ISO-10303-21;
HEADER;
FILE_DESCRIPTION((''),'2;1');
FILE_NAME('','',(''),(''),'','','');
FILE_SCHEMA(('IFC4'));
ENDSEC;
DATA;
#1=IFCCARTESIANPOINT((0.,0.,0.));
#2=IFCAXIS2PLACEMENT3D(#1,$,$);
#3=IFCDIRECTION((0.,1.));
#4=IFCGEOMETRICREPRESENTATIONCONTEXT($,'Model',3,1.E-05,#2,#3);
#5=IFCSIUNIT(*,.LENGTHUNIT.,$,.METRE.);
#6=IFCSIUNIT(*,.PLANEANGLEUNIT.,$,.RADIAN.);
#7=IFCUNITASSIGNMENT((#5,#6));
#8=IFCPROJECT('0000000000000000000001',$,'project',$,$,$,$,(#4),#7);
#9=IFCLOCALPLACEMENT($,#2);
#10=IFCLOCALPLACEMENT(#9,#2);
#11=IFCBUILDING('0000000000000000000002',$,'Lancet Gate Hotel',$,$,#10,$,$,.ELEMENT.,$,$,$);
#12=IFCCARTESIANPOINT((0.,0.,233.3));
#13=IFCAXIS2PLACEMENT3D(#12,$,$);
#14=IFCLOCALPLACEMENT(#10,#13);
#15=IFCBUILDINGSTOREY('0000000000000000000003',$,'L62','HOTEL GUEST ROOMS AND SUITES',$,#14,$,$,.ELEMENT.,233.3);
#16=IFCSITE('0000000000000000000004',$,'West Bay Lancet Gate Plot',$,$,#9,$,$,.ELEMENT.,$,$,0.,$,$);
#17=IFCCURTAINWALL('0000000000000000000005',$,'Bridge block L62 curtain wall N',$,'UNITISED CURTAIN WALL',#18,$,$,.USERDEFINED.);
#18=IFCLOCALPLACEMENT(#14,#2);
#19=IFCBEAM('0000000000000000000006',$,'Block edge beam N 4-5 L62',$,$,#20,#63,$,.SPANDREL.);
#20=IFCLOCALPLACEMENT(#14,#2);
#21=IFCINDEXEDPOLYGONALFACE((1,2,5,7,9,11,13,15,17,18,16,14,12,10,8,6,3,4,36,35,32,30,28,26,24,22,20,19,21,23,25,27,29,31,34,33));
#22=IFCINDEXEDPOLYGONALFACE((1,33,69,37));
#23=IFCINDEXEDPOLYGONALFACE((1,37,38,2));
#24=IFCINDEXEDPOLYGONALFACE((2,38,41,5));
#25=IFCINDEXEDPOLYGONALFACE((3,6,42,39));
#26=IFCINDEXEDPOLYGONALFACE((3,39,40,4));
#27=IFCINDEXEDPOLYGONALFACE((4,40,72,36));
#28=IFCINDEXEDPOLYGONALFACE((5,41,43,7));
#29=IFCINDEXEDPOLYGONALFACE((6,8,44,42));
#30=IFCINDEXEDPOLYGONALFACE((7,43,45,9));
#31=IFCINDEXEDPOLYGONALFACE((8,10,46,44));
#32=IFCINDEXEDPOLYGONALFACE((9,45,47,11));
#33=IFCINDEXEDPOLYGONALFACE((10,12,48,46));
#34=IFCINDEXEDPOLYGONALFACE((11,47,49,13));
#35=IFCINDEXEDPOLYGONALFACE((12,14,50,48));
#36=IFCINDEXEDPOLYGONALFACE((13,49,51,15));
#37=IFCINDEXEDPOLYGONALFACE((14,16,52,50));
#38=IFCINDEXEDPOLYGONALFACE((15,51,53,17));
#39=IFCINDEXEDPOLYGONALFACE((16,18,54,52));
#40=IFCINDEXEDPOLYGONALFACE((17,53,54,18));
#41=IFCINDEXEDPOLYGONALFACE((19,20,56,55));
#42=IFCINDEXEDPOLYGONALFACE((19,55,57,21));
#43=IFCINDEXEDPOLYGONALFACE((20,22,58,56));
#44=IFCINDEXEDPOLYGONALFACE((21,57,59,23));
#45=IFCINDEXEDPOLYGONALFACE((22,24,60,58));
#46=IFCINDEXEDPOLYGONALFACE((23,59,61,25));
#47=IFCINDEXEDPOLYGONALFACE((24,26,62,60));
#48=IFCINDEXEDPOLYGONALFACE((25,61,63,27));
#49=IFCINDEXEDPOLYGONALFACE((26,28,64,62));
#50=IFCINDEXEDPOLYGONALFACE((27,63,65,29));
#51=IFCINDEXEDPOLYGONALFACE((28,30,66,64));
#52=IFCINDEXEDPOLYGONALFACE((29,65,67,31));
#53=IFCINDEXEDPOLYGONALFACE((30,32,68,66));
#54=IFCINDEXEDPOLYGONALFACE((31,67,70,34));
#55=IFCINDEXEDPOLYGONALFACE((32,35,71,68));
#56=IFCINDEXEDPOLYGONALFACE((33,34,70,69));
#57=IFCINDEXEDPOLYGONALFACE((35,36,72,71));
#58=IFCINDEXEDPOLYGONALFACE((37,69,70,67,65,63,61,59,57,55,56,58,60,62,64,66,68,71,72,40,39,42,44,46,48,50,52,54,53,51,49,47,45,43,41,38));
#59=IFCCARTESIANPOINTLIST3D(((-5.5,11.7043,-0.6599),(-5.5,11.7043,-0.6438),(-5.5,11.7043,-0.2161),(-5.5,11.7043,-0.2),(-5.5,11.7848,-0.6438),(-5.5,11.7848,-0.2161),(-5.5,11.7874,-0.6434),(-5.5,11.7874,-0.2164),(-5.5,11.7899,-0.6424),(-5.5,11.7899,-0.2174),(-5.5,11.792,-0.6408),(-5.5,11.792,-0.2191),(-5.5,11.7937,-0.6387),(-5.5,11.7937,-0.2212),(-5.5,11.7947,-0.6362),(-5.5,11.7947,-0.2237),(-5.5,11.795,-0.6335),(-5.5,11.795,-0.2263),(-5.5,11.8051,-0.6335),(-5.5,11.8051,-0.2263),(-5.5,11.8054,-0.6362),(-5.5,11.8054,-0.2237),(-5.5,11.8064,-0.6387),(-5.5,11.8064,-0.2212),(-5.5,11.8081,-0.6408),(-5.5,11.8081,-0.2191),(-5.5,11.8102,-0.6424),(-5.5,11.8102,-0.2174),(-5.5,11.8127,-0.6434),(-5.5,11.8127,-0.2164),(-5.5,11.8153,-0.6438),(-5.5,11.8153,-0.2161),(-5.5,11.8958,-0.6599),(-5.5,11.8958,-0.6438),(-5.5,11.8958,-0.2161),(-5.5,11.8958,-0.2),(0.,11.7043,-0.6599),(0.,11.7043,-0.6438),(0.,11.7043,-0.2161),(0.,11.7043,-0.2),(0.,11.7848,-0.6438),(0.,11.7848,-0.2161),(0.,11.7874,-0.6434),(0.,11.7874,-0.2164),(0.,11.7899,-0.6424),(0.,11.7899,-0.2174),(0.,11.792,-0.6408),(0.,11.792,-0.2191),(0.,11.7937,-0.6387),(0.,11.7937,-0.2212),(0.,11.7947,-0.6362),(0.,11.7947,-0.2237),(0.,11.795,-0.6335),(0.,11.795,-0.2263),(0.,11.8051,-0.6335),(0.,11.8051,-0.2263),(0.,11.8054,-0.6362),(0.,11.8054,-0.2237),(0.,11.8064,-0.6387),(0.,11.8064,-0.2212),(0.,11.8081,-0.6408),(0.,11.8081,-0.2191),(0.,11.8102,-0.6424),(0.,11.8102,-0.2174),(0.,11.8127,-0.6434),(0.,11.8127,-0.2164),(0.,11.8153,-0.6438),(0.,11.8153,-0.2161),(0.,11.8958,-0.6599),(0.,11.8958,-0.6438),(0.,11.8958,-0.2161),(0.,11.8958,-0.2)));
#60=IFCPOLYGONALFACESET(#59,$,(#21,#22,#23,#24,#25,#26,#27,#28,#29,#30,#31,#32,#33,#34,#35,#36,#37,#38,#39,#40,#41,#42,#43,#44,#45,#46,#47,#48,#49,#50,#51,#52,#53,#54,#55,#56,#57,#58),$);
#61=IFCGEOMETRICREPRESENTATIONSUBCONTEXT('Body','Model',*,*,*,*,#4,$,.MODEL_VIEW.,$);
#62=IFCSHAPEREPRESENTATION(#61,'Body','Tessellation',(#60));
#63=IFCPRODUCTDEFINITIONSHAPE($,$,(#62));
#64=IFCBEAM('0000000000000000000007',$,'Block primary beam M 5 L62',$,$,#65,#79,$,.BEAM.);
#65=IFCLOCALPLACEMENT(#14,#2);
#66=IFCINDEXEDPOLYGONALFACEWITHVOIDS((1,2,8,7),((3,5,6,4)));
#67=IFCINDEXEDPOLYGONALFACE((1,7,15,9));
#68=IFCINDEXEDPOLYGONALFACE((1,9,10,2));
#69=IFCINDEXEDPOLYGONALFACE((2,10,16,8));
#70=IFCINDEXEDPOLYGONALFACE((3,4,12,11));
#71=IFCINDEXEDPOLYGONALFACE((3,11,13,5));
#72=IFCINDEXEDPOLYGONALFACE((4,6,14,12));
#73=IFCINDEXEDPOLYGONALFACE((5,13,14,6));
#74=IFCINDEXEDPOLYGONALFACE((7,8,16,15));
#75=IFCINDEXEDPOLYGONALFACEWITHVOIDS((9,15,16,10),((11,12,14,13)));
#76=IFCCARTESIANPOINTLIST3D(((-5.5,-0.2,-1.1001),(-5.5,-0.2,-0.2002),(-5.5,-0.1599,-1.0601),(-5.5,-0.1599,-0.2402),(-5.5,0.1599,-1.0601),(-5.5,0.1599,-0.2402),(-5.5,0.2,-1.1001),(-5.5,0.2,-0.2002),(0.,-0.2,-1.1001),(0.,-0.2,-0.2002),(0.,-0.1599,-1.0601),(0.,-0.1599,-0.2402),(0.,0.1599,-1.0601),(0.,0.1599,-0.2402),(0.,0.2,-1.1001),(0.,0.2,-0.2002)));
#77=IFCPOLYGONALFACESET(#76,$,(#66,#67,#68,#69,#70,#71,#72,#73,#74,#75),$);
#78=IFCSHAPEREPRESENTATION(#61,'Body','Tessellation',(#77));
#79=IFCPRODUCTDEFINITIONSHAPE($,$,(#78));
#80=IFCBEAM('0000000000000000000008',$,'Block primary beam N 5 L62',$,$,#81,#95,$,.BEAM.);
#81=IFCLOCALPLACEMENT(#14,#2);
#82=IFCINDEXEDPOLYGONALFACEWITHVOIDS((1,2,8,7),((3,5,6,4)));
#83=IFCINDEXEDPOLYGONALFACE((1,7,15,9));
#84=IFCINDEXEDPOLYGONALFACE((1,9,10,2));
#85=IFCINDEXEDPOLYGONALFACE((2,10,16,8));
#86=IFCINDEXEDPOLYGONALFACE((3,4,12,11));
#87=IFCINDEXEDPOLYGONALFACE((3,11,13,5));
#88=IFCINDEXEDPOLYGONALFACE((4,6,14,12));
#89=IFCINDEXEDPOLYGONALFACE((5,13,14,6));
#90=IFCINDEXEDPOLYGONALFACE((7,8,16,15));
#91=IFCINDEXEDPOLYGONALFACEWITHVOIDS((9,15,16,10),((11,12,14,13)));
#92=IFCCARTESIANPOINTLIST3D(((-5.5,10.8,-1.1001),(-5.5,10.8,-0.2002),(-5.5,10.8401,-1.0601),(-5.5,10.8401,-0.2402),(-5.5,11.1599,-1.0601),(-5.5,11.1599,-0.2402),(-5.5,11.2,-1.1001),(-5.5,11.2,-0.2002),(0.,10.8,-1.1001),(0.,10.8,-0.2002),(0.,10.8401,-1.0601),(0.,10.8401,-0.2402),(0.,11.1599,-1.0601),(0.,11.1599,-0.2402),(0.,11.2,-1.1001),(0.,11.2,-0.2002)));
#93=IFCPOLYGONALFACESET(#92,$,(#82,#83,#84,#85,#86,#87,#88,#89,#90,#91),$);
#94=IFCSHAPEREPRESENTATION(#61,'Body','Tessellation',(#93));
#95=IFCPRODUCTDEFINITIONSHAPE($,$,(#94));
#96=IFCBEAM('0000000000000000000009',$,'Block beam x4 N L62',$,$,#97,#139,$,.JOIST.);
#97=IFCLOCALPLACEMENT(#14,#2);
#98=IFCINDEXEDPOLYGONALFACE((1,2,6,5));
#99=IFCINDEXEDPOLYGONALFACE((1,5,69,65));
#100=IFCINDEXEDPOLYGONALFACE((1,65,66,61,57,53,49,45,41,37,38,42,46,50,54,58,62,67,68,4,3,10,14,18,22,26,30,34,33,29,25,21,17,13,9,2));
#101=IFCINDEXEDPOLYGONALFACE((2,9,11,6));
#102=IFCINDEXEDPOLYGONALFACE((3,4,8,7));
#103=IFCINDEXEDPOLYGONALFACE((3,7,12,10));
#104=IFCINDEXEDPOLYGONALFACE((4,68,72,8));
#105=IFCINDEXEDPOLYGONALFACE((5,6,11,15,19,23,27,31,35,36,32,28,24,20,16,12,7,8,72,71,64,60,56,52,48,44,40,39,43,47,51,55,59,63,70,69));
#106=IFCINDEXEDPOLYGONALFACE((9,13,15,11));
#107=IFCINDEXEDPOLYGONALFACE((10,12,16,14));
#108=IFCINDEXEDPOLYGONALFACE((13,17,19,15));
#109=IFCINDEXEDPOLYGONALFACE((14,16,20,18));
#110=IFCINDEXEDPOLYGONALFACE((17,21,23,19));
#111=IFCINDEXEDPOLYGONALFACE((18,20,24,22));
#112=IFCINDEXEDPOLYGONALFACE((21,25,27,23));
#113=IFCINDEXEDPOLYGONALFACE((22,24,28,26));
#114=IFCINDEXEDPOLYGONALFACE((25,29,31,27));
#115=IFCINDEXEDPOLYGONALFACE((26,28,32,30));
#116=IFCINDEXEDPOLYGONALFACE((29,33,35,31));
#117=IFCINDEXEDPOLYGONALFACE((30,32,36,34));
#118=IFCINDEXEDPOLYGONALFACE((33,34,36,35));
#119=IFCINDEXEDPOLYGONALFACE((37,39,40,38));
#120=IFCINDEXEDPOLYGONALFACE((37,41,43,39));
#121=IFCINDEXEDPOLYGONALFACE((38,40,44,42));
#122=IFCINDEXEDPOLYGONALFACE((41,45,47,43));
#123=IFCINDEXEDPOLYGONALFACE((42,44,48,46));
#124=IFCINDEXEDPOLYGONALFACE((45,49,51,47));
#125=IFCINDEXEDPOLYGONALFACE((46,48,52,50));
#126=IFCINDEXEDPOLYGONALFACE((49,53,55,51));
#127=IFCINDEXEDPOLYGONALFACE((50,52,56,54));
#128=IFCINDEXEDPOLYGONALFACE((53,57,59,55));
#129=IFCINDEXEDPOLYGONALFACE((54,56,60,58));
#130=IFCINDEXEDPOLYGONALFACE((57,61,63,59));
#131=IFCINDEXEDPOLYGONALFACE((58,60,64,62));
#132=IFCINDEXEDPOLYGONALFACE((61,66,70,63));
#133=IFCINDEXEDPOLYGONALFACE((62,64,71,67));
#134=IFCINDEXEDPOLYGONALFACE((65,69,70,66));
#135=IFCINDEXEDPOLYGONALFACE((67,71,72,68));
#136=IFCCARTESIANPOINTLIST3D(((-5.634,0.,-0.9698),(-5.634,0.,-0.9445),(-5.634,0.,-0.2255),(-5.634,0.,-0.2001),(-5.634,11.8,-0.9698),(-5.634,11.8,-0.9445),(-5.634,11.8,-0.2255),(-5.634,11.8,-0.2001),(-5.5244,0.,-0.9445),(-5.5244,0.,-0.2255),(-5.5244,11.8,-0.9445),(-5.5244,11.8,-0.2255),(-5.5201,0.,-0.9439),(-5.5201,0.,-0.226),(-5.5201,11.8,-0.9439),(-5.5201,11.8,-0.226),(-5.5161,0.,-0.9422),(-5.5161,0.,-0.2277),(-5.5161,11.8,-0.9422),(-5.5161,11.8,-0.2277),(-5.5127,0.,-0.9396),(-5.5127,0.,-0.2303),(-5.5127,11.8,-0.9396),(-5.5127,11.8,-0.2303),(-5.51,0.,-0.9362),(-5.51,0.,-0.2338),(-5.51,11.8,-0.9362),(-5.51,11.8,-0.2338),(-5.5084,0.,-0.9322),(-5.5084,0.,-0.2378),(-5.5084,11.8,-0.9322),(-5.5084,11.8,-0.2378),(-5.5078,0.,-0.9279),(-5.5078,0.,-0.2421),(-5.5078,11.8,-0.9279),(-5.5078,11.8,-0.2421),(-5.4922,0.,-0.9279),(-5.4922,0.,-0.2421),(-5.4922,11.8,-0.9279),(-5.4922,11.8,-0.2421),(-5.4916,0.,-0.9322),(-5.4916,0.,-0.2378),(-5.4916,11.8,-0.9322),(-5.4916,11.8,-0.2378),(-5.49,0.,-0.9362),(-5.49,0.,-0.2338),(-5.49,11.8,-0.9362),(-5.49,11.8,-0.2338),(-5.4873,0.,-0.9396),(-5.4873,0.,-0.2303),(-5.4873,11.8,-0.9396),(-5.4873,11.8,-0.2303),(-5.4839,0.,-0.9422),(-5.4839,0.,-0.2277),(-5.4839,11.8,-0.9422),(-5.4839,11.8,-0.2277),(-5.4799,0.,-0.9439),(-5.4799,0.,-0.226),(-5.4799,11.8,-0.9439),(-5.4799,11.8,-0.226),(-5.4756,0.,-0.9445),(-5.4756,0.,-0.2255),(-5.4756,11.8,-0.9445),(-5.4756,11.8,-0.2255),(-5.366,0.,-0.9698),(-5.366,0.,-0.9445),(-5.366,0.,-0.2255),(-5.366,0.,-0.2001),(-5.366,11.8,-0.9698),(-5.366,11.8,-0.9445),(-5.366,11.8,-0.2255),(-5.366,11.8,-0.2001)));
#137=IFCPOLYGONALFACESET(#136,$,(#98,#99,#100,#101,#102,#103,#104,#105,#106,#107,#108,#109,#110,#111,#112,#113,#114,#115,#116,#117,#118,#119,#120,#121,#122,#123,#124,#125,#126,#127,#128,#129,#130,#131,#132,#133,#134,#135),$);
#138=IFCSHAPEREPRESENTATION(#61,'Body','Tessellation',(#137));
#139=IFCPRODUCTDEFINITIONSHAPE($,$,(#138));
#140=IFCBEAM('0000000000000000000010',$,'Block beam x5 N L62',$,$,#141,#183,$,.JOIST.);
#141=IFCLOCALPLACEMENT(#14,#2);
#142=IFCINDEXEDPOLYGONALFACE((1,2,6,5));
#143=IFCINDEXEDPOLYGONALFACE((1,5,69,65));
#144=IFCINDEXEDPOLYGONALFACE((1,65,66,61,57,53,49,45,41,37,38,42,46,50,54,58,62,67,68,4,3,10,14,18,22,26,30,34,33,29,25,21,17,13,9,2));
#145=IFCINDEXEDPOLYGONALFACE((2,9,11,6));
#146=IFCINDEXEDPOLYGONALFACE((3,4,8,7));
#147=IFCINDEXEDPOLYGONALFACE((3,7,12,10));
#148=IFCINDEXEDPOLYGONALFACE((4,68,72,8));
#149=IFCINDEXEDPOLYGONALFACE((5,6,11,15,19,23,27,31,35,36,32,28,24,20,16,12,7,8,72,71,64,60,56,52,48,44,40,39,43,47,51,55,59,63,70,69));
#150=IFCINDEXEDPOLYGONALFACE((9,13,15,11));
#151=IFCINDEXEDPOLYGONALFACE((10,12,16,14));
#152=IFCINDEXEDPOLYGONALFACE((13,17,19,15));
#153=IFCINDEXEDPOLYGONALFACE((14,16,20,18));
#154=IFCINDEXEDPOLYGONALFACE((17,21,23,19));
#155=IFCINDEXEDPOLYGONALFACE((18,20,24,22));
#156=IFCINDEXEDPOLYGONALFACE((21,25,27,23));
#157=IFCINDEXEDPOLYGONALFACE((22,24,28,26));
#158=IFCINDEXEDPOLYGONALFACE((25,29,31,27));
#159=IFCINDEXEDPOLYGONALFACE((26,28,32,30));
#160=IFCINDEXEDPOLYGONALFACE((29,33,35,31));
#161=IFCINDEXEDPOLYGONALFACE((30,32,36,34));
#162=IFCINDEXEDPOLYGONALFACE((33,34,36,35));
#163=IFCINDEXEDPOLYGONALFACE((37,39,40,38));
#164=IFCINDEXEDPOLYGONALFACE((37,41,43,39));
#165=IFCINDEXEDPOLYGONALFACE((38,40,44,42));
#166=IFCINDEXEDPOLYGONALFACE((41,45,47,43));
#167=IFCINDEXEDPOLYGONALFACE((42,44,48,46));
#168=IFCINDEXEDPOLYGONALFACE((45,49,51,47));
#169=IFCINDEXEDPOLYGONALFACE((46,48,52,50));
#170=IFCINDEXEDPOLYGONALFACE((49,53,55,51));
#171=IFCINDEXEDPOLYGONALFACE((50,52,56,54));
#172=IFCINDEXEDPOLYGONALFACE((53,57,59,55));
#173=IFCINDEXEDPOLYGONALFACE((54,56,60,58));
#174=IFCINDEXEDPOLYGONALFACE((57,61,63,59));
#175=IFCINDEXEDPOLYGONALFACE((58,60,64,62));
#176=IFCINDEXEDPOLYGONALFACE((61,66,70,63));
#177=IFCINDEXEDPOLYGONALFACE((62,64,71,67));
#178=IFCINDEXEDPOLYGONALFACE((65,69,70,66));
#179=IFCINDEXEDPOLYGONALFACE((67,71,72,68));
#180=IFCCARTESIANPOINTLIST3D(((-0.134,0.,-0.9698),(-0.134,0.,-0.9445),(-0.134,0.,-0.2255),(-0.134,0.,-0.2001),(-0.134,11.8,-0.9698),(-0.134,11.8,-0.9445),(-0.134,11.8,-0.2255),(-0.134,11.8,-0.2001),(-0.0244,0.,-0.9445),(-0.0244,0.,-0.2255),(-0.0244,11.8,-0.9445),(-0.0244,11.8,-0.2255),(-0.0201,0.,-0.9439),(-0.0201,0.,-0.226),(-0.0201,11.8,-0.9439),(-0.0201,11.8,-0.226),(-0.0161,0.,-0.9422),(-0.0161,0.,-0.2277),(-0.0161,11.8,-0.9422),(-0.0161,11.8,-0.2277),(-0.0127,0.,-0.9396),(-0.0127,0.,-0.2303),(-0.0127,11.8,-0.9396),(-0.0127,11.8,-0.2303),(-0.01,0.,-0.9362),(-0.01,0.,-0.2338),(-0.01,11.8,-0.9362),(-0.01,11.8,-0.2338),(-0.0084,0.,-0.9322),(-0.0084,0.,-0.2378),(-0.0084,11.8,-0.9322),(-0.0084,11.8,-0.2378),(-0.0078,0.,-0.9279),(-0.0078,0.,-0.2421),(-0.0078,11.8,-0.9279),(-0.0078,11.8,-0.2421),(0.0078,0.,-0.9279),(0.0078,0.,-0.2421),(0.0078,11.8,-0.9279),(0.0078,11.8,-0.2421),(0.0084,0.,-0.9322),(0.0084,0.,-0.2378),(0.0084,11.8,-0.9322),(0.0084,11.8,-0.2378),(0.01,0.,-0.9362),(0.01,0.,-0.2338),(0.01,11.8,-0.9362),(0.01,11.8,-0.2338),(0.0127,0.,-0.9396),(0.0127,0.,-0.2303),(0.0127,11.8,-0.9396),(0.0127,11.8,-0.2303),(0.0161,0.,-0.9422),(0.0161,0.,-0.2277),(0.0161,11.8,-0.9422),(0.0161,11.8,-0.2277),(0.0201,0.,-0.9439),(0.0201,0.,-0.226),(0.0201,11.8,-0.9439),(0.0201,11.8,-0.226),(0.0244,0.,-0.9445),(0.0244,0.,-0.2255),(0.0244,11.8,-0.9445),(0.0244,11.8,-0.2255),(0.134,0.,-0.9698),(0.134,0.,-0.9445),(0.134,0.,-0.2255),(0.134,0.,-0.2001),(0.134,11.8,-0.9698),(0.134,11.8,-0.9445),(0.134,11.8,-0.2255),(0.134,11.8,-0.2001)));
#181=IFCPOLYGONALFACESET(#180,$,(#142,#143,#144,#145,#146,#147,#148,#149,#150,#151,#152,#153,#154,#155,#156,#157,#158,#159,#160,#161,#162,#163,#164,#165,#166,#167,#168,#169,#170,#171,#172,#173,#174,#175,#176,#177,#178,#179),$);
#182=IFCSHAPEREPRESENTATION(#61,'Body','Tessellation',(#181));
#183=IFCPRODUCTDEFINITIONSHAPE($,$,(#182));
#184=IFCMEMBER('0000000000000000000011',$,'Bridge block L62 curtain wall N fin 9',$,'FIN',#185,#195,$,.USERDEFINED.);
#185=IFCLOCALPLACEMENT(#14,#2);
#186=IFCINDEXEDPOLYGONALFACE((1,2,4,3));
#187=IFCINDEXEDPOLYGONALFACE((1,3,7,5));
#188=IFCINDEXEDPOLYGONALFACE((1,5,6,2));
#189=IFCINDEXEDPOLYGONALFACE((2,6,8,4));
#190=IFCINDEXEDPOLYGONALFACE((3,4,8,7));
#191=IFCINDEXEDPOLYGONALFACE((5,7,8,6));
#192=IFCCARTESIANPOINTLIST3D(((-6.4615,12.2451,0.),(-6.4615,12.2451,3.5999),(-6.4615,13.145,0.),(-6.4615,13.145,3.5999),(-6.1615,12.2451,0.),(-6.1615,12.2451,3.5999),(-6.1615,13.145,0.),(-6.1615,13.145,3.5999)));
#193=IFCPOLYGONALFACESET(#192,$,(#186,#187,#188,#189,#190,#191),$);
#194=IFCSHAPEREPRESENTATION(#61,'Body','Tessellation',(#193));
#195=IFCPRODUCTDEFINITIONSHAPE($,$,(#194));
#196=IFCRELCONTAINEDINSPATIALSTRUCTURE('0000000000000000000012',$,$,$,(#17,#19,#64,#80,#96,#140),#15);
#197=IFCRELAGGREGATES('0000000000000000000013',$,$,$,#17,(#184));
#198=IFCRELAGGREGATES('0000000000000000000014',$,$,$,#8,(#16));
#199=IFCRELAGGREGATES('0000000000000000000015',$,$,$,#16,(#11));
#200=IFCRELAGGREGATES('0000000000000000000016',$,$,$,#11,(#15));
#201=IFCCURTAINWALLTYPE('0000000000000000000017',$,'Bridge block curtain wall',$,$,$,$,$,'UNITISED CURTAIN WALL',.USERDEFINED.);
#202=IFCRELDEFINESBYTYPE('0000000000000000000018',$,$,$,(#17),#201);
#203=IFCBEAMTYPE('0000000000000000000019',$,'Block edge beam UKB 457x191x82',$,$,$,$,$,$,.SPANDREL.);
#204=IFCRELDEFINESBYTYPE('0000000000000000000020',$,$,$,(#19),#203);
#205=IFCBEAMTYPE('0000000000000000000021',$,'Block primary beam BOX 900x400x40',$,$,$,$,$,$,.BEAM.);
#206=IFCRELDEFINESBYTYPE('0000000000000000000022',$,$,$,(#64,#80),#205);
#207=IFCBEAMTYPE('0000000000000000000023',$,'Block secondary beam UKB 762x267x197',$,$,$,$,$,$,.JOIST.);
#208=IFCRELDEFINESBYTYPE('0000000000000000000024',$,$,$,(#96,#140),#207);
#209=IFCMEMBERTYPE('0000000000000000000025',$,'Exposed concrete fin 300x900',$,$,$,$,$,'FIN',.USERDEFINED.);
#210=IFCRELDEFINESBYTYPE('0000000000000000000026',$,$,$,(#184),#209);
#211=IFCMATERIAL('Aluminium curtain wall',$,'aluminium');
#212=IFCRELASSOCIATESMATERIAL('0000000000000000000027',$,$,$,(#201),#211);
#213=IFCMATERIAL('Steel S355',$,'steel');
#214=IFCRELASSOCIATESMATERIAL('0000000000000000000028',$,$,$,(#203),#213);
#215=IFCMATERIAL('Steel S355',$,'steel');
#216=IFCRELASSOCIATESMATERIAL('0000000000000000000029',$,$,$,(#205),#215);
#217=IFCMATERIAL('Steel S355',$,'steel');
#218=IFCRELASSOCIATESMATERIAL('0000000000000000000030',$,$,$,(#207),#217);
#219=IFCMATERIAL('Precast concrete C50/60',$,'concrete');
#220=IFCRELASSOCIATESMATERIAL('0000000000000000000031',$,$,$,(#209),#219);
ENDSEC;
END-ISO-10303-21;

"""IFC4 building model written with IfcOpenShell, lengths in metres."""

from ifc_helpers import new_model, si_unit, direction, frame, origin, origin_2d, place, context, subcontext, project, spatial, rectangle, hollow_rectangle, i_section, extrude, material, material_profile, profile_set, type_object, element, aggregate, save


model = new_model("IFC4")

# Units and contexts
model_context = context("Model", 3, precision=1e-05, world=origin(), true_north=direction((0.0, 1.0)))
body_context = subcontext(model_context, "Body", "Model", "MODEL_VIEW")
ifc_project = project(units=[si_unit("LENGTHUNIT", "METRE"), si_unit("PLANEANGLEUNIT", "RADIAN")], contexts=[model_context])

# Site, building, storey
site_placement = place(None, origin())
site = spatial("IfcSite", under=ifc_project, at=site_placement, Name="West Bay Lancet Gate Plot", CompositionType="ELEMENT", RefElevation=0.0)
building_placement = place(site_placement, origin())
building = spatial("IfcBuilding", under=site, at=building_placement, Name="Lancet Gate Hotel", CompositionType="ELEMENT")
storey_placement = place(building_placement, frame((0.0, 0.0, 233.3)))
storey = spatial("IfcBuildingStorey", under=building, at=storey_placement, Name="L62", Description="HOTEL GUEST ROOMS AND SUITES", CompositionType="ELEMENT", Elevation=233.3)

# Curtain wall
ifc_material_1 = material(Name="Aluminium curtain wall", Category="aluminium")
curtain_wall_type = type_object("IfcCurtainWallType", Name="Bridge block curtain wall", ElementType="UNITISED CURTAIN WALL", PredefinedType="USERDEFINED", material=ifc_material_1)
curtain_wall_placement = place(storey_placement, origin())
curtain_wall = element("IfcCurtainWall", 1, at=curtain_wall_placement, inside=storey, type_object=curtain_wall_type, Name="Bridge block L62 curtain wall N", ObjectType="UNITISED CURTAIN WALL", PredefinedType="USERDEFINED")

# Beams
ifc_material_2 = material(Name="Steel S355", Category="steel")
ifc_material_profile_1 = material_profile(ifc_material_2, i_section(OverallWidth=0.1914, OverallDepth=0.46, WebThickness=0.01, FlangeThickness=0.0161, FilletRadius=0.0103, at=origin_2d()), Name="UKB 457x191x82")
ifc_profile_set_1 = profile_set([ifc_material_profile_1], Name="Steel S355")
beam_type_1 = type_object("IfcBeamType", Name="Block edge beam UKB 457x191x82", PredefinedType="SPANDREL", material=ifc_profile_set_1)
beam_placement = place(storey_placement, frame((-5.5, 11.8, -0.4299), z_axis=(1.0, 0.0, 0.0), x_axis=(0.0, 1.0, 0.0)))
element("IfcBeam", 2, at=beam_placement, inside=storey, type_object=beam_type_1, Name="Block edge beam N 4-5 L62", PredefinedType="SPANDREL", context=body_context, shape_type="SweptSolid", body=[
    extrude(i_section(OverallWidth=0.1914, OverallDepth=0.46, WebThickness=0.01, FlangeThickness=0.0161, FilletRadius=0.0103, at=origin_2d()), origin(), (0.0, 0.0, 1.0), 5.5),
])
ifc_material_3 = material(Name="Steel S355", Category="steel")
ifc_material_profile_2 = material_profile(ifc_material_3, hollow_rectangle(XDim=0.3999, YDim=0.8999, WallThickness=0.04, at=origin_2d()), Name="BOX 900x400x40")
ifc_profile_set_2 = profile_set([ifc_material_profile_2], Name="Steel S355")
beam_type_2 = type_object("IfcBeamType", Name="Block primary beam BOX 900x400x40", PredefinedType="BEAM", material=ifc_profile_set_2)
for number, where, z_axis, x_axis, name in (
    (3, (-5.5, 0.0, -0.6501), (1.0, 0.0, 0.0), (0.0, 1.0, 0.0), "Block primary beam M 5 L62"),
    (4, (-5.5, 11.0, -0.6501), (1.0, 0.0, 0.0), (0.0, 1.0, 0.0), "Block primary beam N 5 L62"),
):
    element("IfcBeam", number, at=place(storey_placement, frame(where, z_axis=z_axis, x_axis=x_axis)), inside=storey, type_object=beam_type_2, Name=name, PredefinedType="BEAM", context=body_context, shape_type="SweptSolid", body=[
        extrude(hollow_rectangle(XDim=0.3999, YDim=0.8999, WallThickness=0.04, at=origin_2d()), origin(), (0.0, 0.0, 1.0), 5.5),
    ])
ifc_material_4 = material(Name="Steel S355", Category="steel")
ifc_material_profile_3 = material_profile(ifc_material_4, i_section(OverallWidth=0.2681, OverallDepth=0.7698, WebThickness=0.0156, FlangeThickness=0.0254, FilletRadius=0.0166, at=origin_2d()), Name="UKB 762x267x197")
ifc_profile_set_3 = profile_set([ifc_material_profile_3], Name="Steel S355")
beam_type_3 = type_object("IfcBeamType", Name="Block secondary beam UKB 762x267x197", PredefinedType="JOIST", material=ifc_profile_set_3)
for number, where, z_axis, x_axis, name in (
    (5, (-5.5, 0.0, -0.585), (0.0, 1.0, 0.0), (-1.0, 0.0, 0.0), "Block beam x4 N L62"),
    (6, (0.0, 0.0, -0.585), (0.0, 1.0, 0.0), (-1.0, 0.0, 0.0), "Block beam x5 N L62"),
):
    element("IfcBeam", number, at=place(storey_placement, frame(where, z_axis=z_axis, x_axis=x_axis)), inside=storey, type_object=beam_type_3, Name=name, PredefinedType="JOIST", context=body_context, shape_type="SweptSolid", body=[
        extrude(i_section(OverallWidth=0.2681, OverallDepth=0.7698, WebThickness=0.0156, FlangeThickness=0.0254, FilletRadius=0.0166, at=origin_2d()), origin(), (0.0, 0.0, 1.0), 11.8),
    ])

# Member
ifc_material_5 = material(Name="Precast concrete C50/60", Category="concrete")
ifc_material_profile_4 = material_profile(ifc_material_5, rectangle(XDim=0.3, YDim=0.8999, at=origin_2d()), Name="FIN 300x900")
ifc_profile_set_4 = profile_set([ifc_material_profile_4], Name="Precast concrete C50/60")
member_type_1 = type_object("IfcMemberType", Name="Exposed concrete fin 300x900", ElementType="FIN", PredefinedType="USERDEFINED", material=ifc_profile_set_4)
member_1_placement = place(storey_placement, frame((-6.3115, 12.6951, 0.0), z_axis=(0.0, 0.0, 1.0), x_axis=(-1.0, 0.0, 0.0)))
member_1 = element("IfcMember", 7, at=member_1_placement, type_object=member_type_1, Name="Bridge block L62 curtain wall N fin 9", ObjectType="FIN", PredefinedType="USERDEFINED", context=body_context, shape_type="SweptSolid", body=[
    extrude(rectangle(XDim=0.3, YDim=0.8999, at=origin_2d()), origin(), (0.0, 0.0, 1.0), 3.5999),
])

aggregate(curtain_wall, [member_1])

save(model, "model.ifc")
